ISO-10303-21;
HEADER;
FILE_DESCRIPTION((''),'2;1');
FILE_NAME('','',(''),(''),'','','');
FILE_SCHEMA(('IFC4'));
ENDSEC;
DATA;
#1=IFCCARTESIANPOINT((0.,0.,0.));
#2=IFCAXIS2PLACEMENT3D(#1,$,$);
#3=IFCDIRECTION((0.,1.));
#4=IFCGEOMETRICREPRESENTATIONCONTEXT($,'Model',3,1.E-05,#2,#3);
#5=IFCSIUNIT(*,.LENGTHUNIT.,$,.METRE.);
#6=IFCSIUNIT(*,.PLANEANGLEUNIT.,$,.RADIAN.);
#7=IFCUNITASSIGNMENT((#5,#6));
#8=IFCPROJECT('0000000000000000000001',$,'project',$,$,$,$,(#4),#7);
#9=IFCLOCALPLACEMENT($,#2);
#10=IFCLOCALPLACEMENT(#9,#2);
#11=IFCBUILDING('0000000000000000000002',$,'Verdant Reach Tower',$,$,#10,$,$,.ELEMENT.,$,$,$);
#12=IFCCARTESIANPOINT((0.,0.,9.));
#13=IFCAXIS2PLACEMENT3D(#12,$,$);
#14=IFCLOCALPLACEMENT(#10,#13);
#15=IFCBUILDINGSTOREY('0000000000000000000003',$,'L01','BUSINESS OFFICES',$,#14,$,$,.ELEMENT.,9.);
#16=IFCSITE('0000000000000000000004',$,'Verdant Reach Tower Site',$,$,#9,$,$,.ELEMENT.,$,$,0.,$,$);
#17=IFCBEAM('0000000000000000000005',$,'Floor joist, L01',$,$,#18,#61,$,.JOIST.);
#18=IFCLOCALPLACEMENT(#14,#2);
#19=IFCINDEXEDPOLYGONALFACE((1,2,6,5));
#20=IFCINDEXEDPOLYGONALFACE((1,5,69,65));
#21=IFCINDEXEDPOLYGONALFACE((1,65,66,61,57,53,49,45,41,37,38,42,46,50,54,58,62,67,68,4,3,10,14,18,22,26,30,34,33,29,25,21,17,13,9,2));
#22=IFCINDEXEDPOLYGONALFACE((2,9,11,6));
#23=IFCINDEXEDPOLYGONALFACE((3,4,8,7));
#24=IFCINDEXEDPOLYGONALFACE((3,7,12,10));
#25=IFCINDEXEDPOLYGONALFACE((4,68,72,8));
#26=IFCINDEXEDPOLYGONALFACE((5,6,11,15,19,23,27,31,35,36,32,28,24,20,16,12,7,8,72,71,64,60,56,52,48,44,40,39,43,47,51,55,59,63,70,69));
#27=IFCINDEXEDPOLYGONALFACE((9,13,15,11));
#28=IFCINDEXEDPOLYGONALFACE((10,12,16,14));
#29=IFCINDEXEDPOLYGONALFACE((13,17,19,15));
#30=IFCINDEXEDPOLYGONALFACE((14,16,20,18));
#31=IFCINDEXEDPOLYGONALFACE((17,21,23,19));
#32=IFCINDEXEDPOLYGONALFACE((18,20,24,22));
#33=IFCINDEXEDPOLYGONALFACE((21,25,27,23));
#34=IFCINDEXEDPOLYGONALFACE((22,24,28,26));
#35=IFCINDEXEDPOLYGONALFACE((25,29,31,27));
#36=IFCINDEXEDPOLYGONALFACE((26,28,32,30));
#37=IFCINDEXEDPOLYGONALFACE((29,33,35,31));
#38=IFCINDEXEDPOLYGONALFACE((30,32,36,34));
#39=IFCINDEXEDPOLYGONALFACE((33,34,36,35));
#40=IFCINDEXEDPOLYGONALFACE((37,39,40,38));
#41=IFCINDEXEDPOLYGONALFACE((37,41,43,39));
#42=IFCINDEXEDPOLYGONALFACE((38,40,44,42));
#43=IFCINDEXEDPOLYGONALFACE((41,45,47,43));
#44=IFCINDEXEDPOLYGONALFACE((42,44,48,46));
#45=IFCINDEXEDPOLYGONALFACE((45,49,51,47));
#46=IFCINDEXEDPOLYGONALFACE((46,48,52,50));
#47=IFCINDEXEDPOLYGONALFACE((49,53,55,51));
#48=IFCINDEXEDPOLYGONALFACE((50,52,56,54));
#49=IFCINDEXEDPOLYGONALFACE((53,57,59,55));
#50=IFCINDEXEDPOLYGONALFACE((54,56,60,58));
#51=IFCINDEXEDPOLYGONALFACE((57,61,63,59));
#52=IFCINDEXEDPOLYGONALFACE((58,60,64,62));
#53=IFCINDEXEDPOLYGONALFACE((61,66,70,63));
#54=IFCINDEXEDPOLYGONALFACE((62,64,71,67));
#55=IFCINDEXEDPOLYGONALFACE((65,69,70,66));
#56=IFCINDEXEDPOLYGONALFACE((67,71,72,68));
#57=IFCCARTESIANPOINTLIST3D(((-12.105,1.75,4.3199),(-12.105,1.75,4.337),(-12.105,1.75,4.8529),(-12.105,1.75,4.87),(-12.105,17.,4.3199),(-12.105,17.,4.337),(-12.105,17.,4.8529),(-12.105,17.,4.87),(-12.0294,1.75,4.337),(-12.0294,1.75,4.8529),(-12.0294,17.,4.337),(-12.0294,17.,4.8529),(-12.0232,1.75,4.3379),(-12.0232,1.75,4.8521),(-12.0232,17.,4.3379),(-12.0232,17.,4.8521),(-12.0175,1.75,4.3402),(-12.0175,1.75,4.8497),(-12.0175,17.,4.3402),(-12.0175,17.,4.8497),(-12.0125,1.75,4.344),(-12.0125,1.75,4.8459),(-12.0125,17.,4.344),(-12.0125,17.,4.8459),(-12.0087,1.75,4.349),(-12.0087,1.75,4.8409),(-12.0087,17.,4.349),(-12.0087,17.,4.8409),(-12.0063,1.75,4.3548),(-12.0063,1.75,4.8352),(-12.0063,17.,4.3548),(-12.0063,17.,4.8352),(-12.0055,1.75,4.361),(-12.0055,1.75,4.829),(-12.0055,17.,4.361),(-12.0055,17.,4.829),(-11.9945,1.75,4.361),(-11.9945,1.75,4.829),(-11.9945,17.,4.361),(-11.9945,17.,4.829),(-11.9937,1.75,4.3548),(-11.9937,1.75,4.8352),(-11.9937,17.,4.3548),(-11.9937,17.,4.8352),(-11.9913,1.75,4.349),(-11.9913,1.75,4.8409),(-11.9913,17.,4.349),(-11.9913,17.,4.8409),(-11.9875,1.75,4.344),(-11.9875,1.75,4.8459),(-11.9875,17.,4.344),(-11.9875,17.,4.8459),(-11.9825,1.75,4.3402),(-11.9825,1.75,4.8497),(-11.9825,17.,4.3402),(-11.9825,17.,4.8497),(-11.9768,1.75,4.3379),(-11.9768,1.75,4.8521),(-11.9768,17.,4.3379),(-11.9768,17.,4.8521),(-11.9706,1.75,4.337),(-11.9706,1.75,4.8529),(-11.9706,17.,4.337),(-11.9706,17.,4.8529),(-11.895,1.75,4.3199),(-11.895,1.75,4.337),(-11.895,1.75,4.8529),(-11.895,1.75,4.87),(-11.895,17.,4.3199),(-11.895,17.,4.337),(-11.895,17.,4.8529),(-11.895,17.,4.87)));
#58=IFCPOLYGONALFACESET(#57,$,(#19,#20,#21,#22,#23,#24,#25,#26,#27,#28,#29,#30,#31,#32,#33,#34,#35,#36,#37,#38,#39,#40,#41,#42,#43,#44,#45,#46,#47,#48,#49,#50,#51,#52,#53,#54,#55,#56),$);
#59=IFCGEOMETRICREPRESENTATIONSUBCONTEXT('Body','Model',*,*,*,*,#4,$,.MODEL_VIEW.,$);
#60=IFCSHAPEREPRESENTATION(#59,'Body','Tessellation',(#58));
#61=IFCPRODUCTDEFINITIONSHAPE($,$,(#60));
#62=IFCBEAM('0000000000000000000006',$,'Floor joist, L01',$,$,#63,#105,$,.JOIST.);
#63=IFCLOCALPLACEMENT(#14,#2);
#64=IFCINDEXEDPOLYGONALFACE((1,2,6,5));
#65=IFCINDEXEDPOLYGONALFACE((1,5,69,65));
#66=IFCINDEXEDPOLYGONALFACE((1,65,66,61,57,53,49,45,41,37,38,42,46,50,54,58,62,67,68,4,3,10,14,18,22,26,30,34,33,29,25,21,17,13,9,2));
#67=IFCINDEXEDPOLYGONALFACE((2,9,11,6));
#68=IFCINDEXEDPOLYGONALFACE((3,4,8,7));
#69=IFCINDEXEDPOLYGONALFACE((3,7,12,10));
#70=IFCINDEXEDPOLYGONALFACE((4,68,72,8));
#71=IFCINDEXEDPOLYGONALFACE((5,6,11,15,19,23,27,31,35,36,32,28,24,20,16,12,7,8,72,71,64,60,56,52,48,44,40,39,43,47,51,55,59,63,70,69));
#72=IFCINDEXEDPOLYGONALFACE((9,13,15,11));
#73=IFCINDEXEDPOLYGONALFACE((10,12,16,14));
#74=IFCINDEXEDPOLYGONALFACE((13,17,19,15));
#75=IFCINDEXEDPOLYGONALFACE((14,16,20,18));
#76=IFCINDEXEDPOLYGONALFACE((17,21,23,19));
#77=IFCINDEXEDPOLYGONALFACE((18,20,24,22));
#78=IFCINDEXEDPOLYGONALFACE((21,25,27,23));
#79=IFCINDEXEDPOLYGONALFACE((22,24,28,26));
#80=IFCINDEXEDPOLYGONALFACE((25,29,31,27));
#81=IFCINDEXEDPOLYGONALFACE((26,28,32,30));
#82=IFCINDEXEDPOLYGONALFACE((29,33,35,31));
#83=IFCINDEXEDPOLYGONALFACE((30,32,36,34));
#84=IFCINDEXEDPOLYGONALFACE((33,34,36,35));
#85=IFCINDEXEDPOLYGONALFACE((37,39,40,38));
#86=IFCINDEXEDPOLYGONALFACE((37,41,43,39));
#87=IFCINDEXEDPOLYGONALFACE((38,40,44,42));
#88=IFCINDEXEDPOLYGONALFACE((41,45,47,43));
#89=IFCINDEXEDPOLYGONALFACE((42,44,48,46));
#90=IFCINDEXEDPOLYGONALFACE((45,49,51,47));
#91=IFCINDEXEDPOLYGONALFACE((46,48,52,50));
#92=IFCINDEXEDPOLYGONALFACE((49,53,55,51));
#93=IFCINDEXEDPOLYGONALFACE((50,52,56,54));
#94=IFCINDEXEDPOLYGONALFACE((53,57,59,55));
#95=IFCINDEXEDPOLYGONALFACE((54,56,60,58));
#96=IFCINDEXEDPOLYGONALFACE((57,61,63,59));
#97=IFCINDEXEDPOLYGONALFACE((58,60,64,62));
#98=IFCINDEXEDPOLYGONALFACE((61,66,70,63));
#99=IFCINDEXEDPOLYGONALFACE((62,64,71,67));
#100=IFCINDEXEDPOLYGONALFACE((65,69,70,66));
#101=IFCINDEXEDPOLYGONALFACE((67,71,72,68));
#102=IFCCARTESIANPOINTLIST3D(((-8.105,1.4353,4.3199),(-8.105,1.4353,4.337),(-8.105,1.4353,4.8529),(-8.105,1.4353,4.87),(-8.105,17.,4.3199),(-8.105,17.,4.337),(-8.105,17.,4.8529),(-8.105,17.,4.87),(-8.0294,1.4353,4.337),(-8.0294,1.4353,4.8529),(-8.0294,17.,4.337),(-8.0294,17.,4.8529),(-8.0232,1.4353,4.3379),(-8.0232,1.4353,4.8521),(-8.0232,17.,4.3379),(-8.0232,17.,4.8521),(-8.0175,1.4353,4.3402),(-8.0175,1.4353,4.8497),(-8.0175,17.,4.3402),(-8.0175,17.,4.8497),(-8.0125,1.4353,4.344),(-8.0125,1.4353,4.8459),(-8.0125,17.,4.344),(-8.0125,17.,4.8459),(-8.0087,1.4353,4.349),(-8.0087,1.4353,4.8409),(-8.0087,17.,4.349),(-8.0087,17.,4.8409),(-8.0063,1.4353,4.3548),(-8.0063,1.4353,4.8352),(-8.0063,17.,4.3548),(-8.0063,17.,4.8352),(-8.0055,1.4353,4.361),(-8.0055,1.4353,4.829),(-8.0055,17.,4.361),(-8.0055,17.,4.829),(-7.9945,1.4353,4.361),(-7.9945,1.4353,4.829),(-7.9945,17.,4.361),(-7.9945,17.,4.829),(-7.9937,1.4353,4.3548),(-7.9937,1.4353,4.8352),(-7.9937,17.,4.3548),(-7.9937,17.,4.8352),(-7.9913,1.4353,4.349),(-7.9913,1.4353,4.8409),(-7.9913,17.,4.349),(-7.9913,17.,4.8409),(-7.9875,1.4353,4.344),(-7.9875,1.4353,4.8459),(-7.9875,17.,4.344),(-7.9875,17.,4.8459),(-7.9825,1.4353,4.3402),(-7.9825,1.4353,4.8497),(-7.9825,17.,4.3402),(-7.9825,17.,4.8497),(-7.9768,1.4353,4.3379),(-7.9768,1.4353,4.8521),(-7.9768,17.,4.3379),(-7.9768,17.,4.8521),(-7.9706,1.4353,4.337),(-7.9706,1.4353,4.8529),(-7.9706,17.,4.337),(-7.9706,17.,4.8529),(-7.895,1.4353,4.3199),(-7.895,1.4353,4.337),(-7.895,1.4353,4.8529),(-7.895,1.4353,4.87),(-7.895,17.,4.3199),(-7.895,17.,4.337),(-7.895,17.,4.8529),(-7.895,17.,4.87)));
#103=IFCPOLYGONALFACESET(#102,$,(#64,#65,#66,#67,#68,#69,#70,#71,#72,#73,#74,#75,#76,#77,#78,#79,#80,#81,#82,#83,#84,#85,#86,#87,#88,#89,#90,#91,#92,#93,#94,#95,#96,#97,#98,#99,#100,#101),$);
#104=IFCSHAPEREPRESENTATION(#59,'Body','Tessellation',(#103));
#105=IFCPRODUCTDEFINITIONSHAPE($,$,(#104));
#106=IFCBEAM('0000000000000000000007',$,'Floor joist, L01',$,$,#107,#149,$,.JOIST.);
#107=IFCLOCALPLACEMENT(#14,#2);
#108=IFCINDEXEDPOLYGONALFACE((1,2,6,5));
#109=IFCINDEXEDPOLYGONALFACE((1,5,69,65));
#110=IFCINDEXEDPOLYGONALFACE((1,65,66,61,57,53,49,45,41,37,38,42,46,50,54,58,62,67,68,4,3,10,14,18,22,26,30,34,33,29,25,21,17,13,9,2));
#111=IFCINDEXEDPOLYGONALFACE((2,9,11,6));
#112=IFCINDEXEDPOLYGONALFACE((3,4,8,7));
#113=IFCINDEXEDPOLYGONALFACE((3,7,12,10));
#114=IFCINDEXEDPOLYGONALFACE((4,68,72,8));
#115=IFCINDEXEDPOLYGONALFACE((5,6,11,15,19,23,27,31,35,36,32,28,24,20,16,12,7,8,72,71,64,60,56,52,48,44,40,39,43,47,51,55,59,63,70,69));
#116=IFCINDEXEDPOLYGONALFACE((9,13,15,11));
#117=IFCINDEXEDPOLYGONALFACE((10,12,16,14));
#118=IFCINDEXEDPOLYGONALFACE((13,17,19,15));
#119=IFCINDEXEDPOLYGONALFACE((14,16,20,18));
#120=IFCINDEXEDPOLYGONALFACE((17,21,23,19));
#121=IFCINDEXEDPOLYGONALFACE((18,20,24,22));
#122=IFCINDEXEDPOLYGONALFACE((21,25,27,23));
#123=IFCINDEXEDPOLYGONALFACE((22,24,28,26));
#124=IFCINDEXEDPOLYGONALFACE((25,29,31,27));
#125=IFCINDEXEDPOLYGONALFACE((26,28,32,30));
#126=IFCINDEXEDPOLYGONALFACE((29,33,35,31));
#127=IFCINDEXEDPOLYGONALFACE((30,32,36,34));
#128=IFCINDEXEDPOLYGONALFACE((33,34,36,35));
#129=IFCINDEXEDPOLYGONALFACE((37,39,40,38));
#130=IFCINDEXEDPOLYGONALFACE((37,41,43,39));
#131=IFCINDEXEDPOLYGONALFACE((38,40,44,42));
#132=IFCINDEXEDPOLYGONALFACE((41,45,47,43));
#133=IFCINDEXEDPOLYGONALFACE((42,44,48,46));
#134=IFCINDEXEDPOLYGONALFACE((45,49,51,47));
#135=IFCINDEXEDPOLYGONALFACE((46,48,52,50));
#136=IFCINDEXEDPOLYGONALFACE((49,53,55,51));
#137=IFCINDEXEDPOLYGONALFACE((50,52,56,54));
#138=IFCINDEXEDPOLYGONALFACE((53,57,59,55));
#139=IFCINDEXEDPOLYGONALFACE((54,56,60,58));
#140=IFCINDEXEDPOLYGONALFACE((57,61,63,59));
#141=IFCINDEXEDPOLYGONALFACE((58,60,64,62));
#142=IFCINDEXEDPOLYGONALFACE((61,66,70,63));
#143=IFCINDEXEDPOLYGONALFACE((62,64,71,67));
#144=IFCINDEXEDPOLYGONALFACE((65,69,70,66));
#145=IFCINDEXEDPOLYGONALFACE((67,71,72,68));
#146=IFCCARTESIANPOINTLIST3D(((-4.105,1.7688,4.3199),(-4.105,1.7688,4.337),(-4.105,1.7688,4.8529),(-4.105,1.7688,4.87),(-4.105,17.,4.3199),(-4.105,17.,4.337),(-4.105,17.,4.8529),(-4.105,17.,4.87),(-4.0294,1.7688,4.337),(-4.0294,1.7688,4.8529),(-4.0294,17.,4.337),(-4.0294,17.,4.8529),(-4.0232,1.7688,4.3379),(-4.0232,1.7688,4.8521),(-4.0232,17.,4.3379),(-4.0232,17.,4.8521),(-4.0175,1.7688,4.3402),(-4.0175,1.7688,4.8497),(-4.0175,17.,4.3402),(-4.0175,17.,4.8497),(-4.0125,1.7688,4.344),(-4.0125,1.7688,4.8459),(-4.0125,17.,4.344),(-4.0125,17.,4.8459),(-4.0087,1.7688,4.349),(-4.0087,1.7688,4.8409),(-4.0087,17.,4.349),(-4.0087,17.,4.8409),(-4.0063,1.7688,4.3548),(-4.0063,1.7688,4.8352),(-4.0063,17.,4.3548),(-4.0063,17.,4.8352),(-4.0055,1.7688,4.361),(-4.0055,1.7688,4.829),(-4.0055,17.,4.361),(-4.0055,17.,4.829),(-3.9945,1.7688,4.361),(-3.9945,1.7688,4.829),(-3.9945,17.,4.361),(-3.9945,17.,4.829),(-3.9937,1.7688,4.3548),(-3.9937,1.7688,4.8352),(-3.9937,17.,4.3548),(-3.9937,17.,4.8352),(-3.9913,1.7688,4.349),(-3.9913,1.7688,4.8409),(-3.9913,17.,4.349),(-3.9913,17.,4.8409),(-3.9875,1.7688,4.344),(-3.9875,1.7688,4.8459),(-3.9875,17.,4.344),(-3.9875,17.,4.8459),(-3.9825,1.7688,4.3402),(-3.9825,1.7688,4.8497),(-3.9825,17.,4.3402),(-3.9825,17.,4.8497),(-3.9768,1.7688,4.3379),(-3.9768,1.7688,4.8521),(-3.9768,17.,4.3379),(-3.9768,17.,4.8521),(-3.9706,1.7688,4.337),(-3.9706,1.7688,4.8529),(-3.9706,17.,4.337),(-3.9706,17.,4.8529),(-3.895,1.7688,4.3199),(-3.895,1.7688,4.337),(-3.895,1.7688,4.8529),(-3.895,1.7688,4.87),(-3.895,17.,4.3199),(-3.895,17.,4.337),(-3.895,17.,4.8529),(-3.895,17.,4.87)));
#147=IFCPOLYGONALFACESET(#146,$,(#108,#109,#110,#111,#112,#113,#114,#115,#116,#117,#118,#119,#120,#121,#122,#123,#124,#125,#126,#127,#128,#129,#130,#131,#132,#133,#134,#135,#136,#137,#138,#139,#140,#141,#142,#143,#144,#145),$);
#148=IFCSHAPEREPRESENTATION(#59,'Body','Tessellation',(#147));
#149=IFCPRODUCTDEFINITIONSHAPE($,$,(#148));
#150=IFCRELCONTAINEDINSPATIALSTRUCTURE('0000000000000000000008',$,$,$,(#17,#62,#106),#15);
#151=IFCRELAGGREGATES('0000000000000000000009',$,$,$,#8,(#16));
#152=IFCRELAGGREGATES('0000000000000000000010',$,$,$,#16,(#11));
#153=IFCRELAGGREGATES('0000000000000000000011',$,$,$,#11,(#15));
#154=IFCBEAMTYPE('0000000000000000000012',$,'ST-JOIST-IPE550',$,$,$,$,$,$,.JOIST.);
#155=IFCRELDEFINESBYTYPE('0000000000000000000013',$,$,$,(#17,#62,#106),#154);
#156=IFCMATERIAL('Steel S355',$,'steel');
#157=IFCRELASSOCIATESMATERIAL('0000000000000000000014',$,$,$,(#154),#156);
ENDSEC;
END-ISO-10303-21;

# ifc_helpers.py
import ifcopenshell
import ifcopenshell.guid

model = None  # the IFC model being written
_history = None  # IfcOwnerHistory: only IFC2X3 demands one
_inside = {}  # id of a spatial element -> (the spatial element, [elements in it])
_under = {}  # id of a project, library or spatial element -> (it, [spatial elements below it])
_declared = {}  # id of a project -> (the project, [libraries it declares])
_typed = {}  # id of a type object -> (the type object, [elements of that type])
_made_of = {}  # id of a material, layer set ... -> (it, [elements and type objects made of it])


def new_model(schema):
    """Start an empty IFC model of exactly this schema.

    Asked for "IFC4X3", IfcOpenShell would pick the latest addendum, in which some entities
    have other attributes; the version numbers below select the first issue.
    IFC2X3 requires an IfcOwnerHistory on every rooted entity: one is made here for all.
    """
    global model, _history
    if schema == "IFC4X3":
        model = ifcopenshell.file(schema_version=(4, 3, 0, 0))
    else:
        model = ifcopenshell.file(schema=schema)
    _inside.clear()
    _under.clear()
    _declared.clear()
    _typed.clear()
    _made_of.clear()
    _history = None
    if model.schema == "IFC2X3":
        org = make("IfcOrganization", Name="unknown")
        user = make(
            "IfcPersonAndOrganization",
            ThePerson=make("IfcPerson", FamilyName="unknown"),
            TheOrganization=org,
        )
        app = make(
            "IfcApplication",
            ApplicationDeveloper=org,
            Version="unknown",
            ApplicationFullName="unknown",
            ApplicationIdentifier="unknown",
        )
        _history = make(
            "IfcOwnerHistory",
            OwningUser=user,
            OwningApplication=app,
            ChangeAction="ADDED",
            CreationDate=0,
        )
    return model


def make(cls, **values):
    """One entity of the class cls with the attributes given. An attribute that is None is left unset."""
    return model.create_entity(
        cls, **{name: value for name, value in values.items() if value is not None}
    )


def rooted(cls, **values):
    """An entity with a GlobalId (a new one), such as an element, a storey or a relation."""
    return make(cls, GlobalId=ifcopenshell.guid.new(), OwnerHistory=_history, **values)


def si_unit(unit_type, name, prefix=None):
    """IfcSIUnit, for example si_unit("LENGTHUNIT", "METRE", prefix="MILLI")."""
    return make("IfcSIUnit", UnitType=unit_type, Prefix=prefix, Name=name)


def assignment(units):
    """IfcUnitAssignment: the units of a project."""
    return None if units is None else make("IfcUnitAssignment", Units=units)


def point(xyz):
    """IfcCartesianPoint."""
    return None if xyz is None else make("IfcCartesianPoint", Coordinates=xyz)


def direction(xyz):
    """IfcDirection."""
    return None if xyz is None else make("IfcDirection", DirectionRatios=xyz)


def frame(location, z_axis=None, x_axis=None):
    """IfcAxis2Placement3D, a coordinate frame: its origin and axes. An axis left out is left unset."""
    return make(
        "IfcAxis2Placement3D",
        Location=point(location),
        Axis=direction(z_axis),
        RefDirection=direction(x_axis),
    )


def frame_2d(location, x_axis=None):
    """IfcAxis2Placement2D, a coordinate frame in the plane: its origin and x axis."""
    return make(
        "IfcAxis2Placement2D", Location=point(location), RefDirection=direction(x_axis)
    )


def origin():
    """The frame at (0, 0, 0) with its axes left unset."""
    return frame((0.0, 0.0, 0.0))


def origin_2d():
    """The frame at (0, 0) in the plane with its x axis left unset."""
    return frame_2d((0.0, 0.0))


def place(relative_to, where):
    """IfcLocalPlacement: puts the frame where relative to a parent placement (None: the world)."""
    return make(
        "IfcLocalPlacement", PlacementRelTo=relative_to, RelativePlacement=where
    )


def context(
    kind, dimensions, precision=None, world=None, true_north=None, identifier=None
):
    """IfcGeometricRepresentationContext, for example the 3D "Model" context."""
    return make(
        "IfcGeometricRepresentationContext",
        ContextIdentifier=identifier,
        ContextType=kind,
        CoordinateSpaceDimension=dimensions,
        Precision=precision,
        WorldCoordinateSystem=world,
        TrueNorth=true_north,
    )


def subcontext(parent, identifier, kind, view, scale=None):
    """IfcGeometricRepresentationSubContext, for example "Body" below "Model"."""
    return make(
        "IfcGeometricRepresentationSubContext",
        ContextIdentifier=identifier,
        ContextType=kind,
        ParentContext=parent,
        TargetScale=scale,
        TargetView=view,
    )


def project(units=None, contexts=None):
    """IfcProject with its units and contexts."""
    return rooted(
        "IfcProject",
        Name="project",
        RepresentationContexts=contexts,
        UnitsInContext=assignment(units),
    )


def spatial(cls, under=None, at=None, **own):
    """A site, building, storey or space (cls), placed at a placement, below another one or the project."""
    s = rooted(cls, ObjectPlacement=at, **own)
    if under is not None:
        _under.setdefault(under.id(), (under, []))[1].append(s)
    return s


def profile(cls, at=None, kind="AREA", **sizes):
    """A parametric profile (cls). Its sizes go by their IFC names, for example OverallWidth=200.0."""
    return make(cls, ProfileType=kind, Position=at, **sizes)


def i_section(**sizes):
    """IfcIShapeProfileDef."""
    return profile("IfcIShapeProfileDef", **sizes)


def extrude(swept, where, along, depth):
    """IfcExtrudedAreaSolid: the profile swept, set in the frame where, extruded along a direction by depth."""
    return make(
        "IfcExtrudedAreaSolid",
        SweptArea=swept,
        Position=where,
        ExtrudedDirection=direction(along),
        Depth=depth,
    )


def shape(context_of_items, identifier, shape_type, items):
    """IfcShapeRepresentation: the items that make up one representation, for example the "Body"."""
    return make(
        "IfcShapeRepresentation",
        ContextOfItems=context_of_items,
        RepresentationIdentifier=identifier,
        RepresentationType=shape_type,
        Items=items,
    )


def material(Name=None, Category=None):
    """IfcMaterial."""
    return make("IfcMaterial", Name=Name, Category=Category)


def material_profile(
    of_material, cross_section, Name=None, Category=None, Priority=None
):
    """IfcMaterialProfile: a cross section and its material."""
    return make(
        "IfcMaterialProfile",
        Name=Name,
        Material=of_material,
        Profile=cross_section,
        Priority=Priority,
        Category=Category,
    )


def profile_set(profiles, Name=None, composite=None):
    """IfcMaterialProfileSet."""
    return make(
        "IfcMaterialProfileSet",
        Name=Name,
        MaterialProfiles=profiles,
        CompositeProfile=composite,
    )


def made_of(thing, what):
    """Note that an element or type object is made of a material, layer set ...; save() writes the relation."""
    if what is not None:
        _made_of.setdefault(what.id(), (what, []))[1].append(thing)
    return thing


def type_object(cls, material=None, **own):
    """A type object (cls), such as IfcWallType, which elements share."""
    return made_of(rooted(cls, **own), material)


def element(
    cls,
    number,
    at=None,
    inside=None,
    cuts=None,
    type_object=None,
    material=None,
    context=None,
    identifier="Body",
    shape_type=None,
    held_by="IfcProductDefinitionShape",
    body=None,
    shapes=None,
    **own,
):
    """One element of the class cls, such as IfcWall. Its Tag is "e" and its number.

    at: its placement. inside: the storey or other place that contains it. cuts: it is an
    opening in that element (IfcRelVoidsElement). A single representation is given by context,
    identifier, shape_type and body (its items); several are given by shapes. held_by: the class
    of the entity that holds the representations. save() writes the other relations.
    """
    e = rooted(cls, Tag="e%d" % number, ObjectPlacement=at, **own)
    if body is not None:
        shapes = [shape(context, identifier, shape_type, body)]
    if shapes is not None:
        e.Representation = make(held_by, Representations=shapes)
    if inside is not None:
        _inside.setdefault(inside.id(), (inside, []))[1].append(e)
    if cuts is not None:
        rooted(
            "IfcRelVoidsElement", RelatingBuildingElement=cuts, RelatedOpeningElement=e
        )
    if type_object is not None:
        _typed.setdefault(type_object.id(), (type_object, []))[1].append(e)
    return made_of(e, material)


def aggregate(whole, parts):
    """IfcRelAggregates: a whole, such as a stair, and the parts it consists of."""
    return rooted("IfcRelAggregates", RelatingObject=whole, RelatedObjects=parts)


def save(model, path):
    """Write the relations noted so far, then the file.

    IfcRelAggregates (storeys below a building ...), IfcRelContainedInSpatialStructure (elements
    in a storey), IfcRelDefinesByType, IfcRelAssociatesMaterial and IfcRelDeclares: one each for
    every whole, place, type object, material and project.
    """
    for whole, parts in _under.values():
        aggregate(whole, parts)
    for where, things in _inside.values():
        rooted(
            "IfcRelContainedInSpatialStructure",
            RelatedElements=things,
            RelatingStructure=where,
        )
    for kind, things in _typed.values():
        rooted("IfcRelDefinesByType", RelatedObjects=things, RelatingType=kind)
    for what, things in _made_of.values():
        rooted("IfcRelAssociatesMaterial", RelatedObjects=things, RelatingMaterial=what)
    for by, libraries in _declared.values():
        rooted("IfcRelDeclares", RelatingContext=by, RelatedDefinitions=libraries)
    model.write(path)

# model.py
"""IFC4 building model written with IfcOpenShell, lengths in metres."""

from ifc_helpers import new_model, si_unit, direction, frame, origin, origin_2d, place, context, subcontext, project, spatial, i_section, extrude, material, material_profile, profile_set, type_object, element, save


model = new_model("IFC4")

# Units and contexts
model_context = context("Model", 3, precision=1e-05, world=origin(), true_north=direction((0.0, 1.0)))
body_context = subcontext(model_context, "Body", "Model", "MODEL_VIEW")
ifc_project = project(units=[si_unit("LENGTHUNIT", "METRE"), si_unit("PLANEANGLEUNIT", "RADIAN")], contexts=[model_context])

# Site, building, storey
site_placement = place(None, origin())
site = spatial("IfcSite", under=ifc_project, at=site_placement, Name="Verdant Reach Tower Site", CompositionType="ELEMENT", RefElevation=0.0)
building_placement = place(site_placement, origin())
building = spatial("IfcBuilding", under=site, at=building_placement, Name="Verdant Reach Tower", CompositionType="ELEMENT")
storey_placement = place(building_placement, frame((0.0, 0.0, 9.0)))
storey = spatial("IfcBuildingStorey", under=building, at=storey_placement, Name="L01", Description="BUSINESS OFFICES", CompositionType="ELEMENT", Elevation=9.0)

# Beams
ifc_material_1 = material(Name="Steel S355", Category="steel")
ifc_material_profile = material_profile(ifc_material_1, i_section(OverallWidth=0.21, OverallDepth=0.55, WebThickness=0.011, FlangeThickness=0.0171, FilletRadius=0.0239, at=origin_2d()), Name="IPE 550")
ifc_profile_set = profile_set([ifc_material_profile], Name="Steel S355")
beam_type = type_object("IfcBeamType", Name="ST-JOIST-IPE550", PredefinedType="JOIST", material=ifc_profile_set)
beam_1_placement = place(storey_placement, frame((-12.0, 17.0, 4.595), z_axis=(0.0, -1.0, 0.0), x_axis=(1.0, 0.0, 0.0)))
element("IfcBeam", 1, at=beam_1_placement, inside=storey, type_object=beam_type, Name="Floor joist, L01", PredefinedType="JOIST", context=body_context, shape_type="SweptSolid", body=[
    extrude(i_section(OverallWidth=0.21, OverallDepth=0.55, WebThickness=0.011, FlangeThickness=0.0171, FilletRadius=0.0239, at=origin_2d()), origin(), (0.0, 0.0, 1.0), 15.25),
])
beam_2_placement = place(storey_placement, frame((-8.0, 17.0, 4.595), z_axis=(0.0, -1.0, 0.0), x_axis=(1.0, 0.0, 0.0)))
element("IfcBeam", 2, at=beam_2_placement, inside=storey, type_object=beam_type, Name="Floor joist, L01", PredefinedType="JOIST", context=body_context, shape_type="SweptSolid", body=[
    extrude(i_section(OverallWidth=0.21, OverallDepth=0.55, WebThickness=0.011, FlangeThickness=0.0171, FilletRadius=0.0239, at=origin_2d()), origin(), (0.0, 0.0, 1.0), 15.5647),
])
beam_3_placement = place(storey_placement, frame((-4.0, 17.0, 4.595), z_axis=(0.0, -1.0, 0.0), x_axis=(1.0, 0.0, 0.0)))
element("IfcBeam", 3, at=beam_3_placement, inside=storey, type_object=beam_type, Name="Floor joist, L01", PredefinedType="JOIST", context=body_context, shape_type="SweptSolid", body=[
    extrude(i_section(OverallWidth=0.21, OverallDepth=0.55, WebThickness=0.011, FlangeThickness=0.0171, FilletRadius=0.0239, at=origin_2d()), origin(), (0.0, 0.0, 1.0), 15.2312),
])

save(model, "model.ifc")
